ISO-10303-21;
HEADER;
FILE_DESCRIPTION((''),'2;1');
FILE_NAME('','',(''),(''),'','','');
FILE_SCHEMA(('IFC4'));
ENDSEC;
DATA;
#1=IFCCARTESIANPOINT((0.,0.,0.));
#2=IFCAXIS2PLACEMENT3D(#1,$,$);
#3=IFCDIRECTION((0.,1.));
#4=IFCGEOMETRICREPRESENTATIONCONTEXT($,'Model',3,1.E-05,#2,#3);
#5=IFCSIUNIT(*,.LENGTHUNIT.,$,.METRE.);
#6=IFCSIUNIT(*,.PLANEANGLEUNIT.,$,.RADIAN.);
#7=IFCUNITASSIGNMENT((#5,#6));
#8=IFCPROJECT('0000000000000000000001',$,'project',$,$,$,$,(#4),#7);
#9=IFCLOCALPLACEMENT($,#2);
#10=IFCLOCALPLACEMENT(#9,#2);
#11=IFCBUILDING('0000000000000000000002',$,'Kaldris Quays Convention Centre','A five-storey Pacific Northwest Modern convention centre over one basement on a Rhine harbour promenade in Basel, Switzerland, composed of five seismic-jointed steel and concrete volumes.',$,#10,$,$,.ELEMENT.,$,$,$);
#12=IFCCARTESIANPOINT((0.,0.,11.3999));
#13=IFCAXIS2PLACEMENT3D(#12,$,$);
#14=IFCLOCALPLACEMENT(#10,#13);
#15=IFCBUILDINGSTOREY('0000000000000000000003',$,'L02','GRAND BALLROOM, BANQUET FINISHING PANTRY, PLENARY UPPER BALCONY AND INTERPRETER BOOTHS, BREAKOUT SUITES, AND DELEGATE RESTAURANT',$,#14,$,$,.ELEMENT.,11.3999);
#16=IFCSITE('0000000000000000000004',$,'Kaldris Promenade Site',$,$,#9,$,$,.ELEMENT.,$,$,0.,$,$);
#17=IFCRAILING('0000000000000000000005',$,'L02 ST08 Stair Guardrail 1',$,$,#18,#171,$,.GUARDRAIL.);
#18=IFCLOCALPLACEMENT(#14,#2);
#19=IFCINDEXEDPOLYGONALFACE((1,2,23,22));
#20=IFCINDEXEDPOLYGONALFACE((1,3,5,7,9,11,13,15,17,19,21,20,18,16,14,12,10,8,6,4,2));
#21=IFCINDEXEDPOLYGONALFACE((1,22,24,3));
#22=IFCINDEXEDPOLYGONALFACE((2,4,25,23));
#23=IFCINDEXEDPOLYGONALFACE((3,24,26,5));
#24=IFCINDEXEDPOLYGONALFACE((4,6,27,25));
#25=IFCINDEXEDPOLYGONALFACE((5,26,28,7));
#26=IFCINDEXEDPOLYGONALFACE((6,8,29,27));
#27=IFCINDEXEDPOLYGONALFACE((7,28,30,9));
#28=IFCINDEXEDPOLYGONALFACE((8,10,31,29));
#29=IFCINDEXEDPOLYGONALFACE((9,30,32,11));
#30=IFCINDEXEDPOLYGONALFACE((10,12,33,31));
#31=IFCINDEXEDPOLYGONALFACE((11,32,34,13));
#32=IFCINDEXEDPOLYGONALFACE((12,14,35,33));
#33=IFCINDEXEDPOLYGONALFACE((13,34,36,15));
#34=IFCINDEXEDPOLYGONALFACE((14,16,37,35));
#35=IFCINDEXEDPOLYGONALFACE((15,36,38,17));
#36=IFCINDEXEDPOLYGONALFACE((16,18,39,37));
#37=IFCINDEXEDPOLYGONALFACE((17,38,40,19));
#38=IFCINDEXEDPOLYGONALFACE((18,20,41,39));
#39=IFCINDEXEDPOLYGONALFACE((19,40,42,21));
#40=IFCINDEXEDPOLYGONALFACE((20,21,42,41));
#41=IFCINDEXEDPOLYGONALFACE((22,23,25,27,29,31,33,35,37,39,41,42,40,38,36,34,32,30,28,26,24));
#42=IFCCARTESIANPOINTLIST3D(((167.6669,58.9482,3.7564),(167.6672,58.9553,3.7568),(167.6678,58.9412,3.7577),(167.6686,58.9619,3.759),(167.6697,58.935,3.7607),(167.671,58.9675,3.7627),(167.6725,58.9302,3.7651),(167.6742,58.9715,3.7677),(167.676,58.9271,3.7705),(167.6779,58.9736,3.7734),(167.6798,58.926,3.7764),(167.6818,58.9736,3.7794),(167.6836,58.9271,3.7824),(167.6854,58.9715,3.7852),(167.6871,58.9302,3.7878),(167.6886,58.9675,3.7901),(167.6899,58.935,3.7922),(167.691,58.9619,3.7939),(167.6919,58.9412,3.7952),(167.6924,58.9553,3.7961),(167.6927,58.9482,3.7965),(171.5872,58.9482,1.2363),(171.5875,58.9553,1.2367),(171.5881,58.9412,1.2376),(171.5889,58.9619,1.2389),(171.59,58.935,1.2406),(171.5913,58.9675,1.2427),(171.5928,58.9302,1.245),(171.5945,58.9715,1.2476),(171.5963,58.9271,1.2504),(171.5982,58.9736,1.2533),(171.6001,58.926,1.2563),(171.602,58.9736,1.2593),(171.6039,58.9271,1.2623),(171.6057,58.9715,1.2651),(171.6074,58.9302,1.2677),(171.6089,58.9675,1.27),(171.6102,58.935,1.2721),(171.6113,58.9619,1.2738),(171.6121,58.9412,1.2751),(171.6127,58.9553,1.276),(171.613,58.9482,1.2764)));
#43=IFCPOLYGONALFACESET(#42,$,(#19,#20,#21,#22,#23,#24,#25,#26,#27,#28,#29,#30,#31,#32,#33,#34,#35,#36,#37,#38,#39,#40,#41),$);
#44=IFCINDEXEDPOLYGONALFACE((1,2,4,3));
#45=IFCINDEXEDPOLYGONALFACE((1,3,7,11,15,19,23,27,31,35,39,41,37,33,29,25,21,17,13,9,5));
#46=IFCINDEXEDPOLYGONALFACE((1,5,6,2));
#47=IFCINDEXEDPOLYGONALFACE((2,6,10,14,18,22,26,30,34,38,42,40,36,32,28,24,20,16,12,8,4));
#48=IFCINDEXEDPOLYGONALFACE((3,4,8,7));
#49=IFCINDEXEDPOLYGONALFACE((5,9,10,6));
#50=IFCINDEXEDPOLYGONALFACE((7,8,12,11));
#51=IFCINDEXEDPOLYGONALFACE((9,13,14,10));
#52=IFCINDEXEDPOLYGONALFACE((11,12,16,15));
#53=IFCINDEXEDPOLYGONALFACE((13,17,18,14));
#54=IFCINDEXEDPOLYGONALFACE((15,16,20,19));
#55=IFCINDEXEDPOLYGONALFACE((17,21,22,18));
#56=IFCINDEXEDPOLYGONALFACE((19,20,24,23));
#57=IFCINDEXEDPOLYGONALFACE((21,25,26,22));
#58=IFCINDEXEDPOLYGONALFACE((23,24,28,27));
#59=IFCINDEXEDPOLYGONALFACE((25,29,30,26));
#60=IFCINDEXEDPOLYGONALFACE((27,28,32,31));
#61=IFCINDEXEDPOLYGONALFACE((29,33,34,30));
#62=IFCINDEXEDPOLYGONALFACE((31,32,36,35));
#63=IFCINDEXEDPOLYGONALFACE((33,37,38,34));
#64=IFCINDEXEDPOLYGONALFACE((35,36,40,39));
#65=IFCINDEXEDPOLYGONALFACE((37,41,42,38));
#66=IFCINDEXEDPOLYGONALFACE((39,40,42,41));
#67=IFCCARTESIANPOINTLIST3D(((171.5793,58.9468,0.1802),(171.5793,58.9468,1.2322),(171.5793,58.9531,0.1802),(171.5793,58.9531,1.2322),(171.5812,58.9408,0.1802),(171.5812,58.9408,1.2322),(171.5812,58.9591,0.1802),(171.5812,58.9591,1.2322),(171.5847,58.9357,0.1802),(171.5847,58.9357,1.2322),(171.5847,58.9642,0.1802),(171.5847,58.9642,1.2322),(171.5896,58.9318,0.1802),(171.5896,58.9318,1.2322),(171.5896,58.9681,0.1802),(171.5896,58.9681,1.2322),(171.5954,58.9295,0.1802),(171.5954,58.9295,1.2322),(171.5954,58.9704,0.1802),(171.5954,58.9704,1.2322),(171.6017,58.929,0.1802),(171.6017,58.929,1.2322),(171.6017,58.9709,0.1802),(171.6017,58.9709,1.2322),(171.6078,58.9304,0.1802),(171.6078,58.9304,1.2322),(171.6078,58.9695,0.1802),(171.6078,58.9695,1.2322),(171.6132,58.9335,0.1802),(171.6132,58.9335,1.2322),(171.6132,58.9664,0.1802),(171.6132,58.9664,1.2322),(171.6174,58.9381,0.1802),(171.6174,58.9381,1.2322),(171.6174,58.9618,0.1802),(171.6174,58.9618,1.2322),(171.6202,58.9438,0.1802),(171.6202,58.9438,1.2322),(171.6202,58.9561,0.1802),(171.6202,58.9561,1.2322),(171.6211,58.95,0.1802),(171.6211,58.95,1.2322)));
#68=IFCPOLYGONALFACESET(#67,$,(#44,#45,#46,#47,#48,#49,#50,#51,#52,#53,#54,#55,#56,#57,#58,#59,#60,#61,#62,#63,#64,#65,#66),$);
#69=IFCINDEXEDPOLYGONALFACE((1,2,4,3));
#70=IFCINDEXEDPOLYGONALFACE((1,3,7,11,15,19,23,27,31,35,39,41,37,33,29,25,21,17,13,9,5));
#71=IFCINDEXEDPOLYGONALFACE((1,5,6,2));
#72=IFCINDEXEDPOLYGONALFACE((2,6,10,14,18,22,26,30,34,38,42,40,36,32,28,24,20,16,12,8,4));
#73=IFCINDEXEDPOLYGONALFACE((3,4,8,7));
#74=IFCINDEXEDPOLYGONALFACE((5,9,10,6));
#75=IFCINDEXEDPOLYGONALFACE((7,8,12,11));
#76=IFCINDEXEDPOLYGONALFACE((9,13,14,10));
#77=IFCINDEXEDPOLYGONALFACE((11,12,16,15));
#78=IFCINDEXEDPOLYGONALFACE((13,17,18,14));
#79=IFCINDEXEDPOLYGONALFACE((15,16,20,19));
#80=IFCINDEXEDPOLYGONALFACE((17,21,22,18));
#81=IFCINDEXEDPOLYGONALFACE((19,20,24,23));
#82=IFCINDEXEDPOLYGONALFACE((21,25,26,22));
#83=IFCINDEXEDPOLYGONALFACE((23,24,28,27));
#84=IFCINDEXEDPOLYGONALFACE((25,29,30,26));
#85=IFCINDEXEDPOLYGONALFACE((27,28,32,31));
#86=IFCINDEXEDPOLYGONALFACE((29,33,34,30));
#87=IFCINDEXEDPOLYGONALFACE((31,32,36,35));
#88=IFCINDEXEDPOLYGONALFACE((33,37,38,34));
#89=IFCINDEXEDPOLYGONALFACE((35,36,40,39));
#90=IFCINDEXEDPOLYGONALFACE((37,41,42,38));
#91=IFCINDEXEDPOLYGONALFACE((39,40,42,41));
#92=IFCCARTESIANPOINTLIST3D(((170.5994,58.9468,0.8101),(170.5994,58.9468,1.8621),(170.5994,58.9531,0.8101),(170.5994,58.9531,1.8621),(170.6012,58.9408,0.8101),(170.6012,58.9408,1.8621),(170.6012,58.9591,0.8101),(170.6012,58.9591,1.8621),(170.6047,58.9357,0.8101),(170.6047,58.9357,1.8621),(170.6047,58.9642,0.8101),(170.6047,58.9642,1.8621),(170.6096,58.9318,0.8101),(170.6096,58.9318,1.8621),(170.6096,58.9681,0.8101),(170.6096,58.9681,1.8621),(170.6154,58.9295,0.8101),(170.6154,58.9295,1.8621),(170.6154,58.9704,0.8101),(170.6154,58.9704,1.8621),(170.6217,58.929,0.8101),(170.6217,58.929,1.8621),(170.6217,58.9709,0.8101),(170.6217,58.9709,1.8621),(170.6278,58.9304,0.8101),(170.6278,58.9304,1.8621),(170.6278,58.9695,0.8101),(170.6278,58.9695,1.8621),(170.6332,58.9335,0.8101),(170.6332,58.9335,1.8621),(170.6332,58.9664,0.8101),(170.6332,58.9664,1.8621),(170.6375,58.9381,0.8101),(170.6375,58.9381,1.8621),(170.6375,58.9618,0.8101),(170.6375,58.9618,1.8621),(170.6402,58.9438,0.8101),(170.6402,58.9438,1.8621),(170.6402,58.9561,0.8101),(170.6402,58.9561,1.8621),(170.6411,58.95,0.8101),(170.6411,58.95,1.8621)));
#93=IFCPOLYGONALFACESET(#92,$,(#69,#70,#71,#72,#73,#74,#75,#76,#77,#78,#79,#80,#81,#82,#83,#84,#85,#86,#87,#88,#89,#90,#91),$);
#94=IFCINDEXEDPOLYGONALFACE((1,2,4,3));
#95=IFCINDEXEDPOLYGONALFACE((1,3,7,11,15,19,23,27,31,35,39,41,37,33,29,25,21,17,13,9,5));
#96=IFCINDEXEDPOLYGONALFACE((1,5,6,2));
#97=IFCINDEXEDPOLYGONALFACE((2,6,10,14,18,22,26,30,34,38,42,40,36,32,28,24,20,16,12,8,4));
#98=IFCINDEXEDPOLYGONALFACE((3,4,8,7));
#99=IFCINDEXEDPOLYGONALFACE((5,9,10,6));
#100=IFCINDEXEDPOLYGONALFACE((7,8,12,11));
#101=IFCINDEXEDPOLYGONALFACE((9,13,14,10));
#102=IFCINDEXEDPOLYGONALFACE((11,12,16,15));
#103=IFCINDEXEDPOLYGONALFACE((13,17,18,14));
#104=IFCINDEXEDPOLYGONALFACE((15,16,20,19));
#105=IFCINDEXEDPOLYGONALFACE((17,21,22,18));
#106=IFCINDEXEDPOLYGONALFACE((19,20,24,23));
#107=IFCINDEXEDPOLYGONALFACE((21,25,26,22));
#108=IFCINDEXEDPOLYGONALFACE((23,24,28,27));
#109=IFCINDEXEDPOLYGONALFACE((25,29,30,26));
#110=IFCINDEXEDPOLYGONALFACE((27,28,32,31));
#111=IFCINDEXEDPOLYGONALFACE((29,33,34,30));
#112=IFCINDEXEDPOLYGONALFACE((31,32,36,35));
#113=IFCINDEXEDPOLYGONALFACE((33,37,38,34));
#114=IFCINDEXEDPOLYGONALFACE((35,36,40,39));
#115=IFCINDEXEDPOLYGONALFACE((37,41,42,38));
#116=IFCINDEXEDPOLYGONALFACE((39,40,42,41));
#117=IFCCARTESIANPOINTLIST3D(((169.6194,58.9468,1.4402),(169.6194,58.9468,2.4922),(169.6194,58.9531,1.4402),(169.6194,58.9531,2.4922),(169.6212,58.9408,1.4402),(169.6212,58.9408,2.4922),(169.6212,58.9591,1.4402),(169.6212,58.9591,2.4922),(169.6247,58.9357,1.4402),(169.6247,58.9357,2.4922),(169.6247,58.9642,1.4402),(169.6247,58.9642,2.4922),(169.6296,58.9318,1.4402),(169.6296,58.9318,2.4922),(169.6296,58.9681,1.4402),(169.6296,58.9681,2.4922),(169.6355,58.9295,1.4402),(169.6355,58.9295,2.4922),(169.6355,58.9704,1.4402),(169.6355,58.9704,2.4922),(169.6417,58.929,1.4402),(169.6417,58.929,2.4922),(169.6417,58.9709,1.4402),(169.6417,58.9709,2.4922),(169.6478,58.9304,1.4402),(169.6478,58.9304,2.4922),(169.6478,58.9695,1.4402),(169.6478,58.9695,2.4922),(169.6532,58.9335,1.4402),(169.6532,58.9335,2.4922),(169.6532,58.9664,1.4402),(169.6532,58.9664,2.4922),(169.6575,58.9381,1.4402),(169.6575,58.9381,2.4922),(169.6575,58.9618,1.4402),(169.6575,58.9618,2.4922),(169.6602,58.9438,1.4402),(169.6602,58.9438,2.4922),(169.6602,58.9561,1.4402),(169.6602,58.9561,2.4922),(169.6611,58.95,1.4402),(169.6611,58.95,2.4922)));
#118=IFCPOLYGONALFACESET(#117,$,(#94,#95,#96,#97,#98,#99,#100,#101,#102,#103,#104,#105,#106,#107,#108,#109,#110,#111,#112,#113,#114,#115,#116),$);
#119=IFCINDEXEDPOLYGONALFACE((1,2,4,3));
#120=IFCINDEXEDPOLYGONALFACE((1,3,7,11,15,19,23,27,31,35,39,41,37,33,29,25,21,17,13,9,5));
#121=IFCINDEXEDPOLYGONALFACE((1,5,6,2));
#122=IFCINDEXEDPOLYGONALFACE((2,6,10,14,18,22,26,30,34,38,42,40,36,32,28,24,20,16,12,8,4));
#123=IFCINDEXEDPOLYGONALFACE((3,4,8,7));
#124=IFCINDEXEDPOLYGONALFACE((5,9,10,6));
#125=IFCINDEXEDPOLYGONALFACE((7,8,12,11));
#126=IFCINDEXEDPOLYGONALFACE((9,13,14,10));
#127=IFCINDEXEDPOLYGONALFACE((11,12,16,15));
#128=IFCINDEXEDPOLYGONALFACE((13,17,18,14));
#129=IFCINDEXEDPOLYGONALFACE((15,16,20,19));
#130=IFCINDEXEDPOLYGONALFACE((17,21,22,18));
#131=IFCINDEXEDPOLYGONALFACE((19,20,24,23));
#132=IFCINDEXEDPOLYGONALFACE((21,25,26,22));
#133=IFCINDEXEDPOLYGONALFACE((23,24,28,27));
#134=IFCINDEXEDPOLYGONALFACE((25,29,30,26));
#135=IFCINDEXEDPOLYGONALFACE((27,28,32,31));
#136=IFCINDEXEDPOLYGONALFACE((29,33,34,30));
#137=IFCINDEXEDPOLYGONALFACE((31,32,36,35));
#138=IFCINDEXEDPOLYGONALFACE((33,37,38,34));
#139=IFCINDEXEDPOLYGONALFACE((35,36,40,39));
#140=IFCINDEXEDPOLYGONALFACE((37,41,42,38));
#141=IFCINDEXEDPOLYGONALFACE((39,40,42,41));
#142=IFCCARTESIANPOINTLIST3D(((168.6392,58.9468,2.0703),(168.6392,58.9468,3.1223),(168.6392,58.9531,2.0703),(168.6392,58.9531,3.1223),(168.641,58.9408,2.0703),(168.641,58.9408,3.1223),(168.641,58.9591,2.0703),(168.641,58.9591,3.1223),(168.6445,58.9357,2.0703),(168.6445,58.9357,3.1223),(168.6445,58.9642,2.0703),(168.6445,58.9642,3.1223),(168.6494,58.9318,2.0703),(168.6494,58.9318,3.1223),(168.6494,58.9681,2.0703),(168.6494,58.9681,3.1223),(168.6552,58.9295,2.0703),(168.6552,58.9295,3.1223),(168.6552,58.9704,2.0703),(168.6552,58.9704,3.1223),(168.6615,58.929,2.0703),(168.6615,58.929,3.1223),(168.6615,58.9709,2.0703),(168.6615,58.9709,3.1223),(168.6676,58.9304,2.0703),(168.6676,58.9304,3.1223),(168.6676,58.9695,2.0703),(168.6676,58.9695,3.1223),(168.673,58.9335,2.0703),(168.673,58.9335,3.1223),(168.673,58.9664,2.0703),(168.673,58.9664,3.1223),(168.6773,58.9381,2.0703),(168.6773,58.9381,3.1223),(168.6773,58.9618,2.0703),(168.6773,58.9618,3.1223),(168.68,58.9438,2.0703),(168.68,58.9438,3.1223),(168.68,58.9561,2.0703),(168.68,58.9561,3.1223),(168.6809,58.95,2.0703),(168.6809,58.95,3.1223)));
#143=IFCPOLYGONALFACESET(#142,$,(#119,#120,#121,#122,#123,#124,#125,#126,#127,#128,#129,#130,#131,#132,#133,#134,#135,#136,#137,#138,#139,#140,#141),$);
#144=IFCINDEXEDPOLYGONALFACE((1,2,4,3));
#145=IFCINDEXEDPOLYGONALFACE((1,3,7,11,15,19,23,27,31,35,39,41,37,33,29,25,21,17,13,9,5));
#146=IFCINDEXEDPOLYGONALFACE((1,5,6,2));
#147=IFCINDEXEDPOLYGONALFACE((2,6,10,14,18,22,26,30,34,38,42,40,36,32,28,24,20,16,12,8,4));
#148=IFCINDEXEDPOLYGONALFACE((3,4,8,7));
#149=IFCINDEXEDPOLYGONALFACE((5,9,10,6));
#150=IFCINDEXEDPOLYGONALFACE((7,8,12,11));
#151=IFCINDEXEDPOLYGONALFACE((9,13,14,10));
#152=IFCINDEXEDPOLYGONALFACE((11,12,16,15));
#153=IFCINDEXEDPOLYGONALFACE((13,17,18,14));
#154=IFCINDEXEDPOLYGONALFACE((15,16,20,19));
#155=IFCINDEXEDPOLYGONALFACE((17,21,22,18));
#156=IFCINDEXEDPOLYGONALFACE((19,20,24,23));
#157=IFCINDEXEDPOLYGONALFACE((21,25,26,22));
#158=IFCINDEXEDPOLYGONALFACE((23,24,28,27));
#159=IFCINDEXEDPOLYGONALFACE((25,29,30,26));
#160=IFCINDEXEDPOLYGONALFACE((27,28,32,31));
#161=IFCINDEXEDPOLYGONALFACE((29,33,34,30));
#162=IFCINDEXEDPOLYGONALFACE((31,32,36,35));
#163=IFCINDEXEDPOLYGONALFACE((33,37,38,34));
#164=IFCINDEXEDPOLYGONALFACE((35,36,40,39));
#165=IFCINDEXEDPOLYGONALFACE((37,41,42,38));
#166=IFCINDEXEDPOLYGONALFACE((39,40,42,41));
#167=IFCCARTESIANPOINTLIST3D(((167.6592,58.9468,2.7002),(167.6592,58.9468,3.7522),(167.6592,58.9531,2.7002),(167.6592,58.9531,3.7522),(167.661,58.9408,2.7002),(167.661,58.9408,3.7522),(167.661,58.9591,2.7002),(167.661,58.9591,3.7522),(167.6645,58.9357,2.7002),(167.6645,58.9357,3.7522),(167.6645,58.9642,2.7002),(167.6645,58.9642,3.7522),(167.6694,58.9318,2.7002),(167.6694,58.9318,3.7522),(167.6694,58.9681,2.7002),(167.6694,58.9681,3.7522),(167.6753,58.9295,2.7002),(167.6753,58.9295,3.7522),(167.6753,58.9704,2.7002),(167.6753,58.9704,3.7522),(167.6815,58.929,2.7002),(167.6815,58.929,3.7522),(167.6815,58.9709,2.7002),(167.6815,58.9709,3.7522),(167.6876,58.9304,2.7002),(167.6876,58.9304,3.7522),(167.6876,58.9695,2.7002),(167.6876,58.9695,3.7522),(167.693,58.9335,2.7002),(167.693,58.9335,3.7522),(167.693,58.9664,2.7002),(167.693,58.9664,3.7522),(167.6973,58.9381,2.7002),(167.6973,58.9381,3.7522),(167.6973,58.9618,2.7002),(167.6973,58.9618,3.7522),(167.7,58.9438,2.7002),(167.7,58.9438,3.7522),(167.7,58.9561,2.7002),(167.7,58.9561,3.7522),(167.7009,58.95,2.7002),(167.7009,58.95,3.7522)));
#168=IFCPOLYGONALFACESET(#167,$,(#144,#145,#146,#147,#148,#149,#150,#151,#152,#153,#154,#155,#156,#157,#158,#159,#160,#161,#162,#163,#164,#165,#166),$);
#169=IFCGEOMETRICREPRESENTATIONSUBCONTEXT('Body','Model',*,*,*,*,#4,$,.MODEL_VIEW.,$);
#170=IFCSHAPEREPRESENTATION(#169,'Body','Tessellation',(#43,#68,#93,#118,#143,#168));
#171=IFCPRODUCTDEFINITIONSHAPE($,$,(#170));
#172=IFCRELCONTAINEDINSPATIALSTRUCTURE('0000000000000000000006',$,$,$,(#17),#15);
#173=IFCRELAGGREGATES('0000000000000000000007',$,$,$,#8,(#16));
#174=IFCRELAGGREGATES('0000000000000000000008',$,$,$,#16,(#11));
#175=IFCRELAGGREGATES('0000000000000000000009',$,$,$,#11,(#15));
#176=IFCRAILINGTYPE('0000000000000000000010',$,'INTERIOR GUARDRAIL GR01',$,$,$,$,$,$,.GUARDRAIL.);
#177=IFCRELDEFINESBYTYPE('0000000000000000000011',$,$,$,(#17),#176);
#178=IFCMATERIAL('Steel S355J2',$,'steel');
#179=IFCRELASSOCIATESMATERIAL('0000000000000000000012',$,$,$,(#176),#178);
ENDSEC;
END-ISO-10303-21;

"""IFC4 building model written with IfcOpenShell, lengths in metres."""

from ifc_helpers import new_model, si_unit, direction, frame, origin, origin_2d, place, context, subcontext, project, spatial, circle, extrude, material, type_object, element, save


model = new_model("IFC4")

# Units and contexts
model_context = context("Model", 3, precision=1e-05, world=origin(), true_north=direction((0.0, 1.0)))
body_context = subcontext(model_context, "Body", "Model", "MODEL_VIEW")
ifc_project = project(units=[si_unit("LENGTHUNIT", "METRE"), si_unit("PLANEANGLEUNIT", "RADIAN")], contexts=[model_context])

# Site, building, storey
site_placement = place(None, origin())
site = spatial("IfcSite", under=ifc_project, at=site_placement, Name="Kaldris Promenade Site", CompositionType="ELEMENT", RefElevation=0.0)
building_placement = place(site_placement, origin())
building = spatial("IfcBuilding", under=site, at=building_placement, Name="Kaldris Quays Convention Centre", Description="A five-storey Pacific Northwest Modern convention centre over one basement on a Rhine harbour promenade in Basel, Switzerland, composed of five seismic-jointed steel and concrete volumes.", CompositionType="ELEMENT")
storey_placement = place(building_placement, frame((0.0, 0.0, 11.3999)))
storey = spatial("IfcBuildingStorey", under=building, at=storey_placement, Name="L02", Description="GRAND BALLROOM, BANQUET FINISHING PANTRY, PLENARY UPPER BALCONY AND INTERPRETER BOOTHS, BREAKOUT SUITES, AND DELEGATE RESTAURANT", CompositionType="ELEMENT", Elevation=11.3999)

# Railing
ifc_material_1 = material(Name="Steel S355J2", Category="steel")
railing_type_1 = type_object("IfcRailingType", Name="INTERIOR GUARDRAIL GR01", PredefinedType="GUARDRAIL", material=ifc_material_1)
railing_1_placement = place(storey_placement, frame((171.6001, 58.95, 0.1802)))
element("IfcRailing", 1, at=railing_1_placement, inside=storey, type_object=railing_type_1, Name="L02 ST08 Stair Guardrail 1", PredefinedType="GUARDRAIL", context=body_context, shape_type="SweptSolid", body=[
    extrude(circle(Radius=0.0239, at=origin_2d()), frame((0.0, 0.0, 1.0762), z_axis=(-0.841187, 0.0, 0.540744), x_axis=(0.0, -1.0, 0.0)), (0.0, 0.0, 1.0), 4.6604),
    extrude(circle(Radius=0.021, at=origin_2d()), origin(), (0.0, 0.0, 1.0), 1.052),
    extrude(circle(Radius=0.021, at=origin_2d()), frame((-0.98, 0.0, 0.6299)), (0.0, 0.0, 1.0), 1.052),
    extrude(circle(Radius=0.021, at=origin_2d()), frame((-1.96, 0.0, 1.26)), (0.0, 0.0, 1.0), 1.052),
    extrude(circle(Radius=0.021, at=origin_2d()), frame((-2.9402, 0.0, 1.8901)), (0.0, 0.0, 1.0), 1.052),
    extrude(circle(Radius=0.021, at=origin_2d()), frame((-3.9202, 0.0, 2.52)), (0.0, 0.0, 1.0), 1.052),
])

save(model, "model.ifc")
